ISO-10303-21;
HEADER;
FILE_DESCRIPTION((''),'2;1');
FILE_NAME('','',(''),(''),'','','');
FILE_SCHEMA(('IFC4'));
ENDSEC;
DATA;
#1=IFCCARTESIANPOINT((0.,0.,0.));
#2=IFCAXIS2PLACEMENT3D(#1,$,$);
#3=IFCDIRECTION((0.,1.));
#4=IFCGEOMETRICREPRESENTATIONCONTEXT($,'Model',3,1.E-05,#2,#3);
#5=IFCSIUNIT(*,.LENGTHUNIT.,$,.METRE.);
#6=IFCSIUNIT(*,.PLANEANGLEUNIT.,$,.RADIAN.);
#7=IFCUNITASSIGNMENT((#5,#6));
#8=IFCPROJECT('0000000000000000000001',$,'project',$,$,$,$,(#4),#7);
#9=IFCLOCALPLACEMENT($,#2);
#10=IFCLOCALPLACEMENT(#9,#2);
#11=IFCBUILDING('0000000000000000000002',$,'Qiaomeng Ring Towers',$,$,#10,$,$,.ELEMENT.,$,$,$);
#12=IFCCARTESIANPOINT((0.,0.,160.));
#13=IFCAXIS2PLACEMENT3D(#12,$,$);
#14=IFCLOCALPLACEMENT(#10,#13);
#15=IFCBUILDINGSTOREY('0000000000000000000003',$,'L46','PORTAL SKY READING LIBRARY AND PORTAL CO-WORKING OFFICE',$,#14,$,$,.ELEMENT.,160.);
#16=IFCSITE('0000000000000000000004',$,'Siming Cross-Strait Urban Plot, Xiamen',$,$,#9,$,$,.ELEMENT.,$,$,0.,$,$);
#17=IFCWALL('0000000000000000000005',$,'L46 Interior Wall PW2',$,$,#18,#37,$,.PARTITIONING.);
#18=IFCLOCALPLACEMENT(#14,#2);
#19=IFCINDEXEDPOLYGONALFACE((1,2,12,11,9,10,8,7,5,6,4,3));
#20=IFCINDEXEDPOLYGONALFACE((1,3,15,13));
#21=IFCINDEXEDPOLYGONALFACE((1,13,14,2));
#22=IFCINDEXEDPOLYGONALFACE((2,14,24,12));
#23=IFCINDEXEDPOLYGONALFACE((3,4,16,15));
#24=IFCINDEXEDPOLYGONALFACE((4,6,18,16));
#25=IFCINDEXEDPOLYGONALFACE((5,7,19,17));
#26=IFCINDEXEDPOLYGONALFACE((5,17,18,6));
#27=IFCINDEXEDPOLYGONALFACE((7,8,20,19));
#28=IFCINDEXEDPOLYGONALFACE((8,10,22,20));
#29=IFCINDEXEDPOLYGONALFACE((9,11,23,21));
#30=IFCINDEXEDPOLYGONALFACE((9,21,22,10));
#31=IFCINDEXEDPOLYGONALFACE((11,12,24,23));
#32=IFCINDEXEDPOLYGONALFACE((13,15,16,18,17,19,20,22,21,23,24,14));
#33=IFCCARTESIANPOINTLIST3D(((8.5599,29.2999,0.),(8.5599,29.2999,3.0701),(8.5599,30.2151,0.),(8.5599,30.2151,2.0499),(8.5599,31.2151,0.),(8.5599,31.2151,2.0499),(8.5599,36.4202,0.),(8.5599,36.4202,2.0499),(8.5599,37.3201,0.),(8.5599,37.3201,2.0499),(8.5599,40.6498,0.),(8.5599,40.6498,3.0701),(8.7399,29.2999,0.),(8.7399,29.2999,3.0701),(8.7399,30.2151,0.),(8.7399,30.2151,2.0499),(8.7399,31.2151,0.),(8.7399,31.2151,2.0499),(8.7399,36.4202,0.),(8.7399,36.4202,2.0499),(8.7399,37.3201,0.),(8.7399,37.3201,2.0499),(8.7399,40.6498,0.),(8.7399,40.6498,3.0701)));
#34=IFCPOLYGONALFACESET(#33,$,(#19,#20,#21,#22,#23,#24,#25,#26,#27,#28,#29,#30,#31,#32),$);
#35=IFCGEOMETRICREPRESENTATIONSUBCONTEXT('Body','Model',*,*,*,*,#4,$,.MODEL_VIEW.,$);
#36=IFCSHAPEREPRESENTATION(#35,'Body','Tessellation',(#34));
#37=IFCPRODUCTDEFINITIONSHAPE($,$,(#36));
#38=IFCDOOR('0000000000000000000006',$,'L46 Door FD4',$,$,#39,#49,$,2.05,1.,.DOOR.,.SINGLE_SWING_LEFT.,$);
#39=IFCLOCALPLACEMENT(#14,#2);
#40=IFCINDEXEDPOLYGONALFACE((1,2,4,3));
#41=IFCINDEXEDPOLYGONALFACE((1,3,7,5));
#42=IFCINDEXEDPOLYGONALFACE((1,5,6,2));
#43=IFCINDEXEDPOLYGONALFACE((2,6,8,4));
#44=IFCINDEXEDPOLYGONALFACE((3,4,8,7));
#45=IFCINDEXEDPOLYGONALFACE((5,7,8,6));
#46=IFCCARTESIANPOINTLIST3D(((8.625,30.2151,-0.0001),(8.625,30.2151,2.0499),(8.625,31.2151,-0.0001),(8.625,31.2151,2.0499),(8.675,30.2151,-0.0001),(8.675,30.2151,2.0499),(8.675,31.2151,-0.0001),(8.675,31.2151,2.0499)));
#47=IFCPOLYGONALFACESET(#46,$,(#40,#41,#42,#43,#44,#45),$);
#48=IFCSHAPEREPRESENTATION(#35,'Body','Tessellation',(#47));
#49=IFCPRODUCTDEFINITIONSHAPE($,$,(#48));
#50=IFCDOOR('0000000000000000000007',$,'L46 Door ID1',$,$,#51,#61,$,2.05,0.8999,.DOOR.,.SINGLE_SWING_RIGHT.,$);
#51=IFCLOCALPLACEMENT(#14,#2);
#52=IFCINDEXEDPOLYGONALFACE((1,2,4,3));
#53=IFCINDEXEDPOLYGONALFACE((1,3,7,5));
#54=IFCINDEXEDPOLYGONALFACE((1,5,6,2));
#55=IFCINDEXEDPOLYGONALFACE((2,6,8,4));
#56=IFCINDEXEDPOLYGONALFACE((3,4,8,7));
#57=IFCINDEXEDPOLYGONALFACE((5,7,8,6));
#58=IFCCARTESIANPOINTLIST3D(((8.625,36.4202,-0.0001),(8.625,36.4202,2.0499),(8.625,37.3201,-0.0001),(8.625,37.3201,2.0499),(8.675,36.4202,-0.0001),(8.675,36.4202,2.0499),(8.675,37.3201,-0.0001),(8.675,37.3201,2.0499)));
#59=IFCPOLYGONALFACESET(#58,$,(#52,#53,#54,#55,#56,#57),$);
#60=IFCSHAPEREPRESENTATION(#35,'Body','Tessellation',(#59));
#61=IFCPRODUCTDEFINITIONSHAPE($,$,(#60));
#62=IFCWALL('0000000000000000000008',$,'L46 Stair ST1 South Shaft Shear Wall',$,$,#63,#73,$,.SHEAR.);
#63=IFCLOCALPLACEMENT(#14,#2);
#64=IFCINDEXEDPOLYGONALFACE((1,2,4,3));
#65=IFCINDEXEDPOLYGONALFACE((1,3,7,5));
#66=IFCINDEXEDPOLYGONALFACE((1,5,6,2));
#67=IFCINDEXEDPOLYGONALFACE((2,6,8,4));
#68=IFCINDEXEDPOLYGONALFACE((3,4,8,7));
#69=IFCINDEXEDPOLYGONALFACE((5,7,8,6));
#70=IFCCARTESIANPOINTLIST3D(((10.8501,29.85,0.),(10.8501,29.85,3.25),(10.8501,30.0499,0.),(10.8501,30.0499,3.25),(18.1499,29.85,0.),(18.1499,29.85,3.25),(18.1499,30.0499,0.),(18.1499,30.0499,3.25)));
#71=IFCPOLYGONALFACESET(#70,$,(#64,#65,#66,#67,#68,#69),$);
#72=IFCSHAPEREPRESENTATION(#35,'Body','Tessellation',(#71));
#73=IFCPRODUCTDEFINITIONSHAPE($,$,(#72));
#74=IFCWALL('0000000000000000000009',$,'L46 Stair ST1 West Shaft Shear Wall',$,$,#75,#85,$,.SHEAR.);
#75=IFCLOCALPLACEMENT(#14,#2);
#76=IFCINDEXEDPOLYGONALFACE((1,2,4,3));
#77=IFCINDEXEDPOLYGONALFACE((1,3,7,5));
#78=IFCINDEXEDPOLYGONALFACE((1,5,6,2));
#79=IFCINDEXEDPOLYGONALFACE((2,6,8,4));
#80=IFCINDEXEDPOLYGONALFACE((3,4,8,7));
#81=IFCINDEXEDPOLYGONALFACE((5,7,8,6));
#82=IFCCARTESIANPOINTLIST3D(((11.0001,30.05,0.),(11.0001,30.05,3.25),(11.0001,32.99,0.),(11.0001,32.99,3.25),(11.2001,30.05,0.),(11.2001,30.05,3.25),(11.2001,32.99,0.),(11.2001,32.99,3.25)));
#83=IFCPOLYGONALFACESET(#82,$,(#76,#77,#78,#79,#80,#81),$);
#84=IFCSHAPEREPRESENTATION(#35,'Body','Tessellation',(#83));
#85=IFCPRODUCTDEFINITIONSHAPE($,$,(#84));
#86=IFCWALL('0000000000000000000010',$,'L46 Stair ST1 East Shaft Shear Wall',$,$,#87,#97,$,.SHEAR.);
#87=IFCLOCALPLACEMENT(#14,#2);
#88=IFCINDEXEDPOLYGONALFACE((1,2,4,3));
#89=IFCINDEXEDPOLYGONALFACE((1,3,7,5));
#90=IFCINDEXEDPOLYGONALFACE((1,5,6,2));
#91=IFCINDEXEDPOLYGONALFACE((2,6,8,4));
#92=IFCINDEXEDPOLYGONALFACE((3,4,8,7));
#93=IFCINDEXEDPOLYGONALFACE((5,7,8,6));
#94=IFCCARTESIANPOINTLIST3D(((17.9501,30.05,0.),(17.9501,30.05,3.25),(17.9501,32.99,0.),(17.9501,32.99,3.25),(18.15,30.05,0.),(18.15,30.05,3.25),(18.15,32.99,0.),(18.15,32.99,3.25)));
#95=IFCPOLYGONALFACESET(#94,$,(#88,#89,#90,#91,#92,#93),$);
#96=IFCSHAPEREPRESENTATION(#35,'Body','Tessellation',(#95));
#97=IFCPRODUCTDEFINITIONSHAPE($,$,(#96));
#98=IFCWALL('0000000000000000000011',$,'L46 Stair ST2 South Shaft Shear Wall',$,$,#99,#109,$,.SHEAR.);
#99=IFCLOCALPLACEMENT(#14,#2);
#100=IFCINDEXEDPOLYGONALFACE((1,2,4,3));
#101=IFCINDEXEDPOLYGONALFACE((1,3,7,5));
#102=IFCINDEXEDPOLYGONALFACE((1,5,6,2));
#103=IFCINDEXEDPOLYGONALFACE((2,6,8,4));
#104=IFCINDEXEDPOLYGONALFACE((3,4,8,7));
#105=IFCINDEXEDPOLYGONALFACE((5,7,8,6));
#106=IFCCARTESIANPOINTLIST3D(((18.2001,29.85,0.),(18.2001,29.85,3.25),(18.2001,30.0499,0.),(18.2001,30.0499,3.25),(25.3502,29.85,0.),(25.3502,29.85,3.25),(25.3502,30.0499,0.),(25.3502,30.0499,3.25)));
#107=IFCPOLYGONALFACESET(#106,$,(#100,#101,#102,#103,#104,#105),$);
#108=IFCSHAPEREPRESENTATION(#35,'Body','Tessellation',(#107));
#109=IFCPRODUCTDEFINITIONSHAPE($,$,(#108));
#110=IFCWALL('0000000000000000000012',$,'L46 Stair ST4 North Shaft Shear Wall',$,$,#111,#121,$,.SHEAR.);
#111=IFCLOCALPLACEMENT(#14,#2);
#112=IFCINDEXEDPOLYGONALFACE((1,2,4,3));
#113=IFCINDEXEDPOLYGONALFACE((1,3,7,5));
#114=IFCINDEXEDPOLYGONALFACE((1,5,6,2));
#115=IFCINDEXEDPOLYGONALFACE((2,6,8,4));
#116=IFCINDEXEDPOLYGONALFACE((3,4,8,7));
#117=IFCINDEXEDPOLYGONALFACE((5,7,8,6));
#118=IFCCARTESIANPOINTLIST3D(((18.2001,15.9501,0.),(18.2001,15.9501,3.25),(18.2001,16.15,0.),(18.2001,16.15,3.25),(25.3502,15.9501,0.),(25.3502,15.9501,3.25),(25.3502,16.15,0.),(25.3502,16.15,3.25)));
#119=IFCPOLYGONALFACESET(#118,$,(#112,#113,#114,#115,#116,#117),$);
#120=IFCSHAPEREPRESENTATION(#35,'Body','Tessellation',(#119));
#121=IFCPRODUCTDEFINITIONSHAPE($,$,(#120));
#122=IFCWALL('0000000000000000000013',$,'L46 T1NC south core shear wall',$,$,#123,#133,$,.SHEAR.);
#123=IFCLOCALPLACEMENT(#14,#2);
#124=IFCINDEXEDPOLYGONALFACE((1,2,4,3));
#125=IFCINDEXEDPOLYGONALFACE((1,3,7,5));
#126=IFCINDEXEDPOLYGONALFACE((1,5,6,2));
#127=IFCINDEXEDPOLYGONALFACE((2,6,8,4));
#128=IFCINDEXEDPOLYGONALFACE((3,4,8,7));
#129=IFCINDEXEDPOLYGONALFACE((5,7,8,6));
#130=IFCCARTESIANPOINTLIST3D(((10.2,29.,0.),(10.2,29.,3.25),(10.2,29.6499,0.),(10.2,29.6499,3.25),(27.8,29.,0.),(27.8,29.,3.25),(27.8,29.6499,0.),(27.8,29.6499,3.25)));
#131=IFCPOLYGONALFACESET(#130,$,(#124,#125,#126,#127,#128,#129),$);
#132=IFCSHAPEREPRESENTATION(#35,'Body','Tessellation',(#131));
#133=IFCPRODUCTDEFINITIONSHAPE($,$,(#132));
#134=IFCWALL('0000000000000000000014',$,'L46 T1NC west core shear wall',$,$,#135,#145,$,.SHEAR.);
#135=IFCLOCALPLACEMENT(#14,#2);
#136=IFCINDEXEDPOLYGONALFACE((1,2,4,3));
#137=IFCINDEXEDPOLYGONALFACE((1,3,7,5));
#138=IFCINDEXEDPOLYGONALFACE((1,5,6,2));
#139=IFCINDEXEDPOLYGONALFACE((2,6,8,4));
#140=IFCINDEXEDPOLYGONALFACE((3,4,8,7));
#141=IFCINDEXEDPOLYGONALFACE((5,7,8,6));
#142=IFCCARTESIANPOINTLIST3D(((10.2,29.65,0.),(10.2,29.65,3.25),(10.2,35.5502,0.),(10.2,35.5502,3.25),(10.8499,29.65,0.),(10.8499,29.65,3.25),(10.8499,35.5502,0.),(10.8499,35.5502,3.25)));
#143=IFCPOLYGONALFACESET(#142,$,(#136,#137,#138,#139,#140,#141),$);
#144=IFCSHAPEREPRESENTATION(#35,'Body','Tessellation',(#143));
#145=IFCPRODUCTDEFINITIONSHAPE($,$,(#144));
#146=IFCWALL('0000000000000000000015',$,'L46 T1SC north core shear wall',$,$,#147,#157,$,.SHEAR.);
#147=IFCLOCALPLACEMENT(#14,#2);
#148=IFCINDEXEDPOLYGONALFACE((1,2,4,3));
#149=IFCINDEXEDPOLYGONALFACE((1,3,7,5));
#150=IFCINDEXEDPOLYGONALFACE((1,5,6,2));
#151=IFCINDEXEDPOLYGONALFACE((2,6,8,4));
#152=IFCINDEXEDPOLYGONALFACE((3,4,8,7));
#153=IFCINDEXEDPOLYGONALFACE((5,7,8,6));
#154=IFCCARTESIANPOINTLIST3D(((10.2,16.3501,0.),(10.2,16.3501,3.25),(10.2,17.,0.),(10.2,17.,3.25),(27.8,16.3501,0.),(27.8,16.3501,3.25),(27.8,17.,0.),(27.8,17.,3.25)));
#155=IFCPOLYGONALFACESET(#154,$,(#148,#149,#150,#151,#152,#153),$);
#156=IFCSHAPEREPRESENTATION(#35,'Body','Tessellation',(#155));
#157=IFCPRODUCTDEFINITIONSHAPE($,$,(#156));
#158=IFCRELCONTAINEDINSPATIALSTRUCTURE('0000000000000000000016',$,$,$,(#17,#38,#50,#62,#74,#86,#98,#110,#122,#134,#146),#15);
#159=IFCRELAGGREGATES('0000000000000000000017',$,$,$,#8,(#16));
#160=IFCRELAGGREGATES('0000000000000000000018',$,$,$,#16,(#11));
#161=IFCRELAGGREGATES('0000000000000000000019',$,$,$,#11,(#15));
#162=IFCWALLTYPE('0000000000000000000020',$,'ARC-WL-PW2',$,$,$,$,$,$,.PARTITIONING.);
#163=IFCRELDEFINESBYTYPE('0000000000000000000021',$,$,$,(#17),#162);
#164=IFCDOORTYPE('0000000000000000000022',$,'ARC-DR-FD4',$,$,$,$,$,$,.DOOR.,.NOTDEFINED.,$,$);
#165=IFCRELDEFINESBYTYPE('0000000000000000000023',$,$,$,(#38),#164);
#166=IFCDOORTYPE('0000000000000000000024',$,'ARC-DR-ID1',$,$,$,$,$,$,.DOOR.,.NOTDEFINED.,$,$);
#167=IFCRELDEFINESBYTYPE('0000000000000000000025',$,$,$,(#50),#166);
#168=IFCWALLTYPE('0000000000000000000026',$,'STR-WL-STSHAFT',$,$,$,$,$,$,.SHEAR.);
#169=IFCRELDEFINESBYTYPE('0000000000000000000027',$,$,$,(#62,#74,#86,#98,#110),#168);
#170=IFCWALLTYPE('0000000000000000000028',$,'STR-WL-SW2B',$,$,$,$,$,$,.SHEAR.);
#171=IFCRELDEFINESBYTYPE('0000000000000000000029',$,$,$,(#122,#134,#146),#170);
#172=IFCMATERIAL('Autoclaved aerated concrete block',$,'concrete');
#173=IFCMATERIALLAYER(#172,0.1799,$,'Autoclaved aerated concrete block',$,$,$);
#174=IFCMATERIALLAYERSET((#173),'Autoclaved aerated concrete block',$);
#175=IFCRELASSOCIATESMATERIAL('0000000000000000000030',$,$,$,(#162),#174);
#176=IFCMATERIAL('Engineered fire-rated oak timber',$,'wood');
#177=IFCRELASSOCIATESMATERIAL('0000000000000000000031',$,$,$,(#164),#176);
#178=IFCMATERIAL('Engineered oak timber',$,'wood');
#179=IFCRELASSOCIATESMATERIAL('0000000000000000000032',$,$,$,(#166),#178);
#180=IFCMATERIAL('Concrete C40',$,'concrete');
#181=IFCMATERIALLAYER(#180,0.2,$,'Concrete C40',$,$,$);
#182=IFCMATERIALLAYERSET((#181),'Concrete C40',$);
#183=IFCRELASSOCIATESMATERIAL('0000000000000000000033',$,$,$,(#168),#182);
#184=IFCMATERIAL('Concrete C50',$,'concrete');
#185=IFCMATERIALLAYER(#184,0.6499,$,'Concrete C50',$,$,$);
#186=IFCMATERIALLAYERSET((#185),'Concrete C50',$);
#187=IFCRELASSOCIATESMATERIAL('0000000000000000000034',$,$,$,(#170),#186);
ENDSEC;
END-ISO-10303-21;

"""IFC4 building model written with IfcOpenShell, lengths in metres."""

from ifc_helpers import new_model, si_unit, direction, frame, frame_2d, origin, place, context, subcontext, project, spatial, rectangle, extrude, source, transform, mapped, material, layer, layer_set, type_object, element, fill, save


model = new_model("IFC4")

# Units and contexts
model_context = context("Model", 3, precision=1e-05, world=origin(), true_north=direction((0.0, 1.0)))
body_context = subcontext(model_context, "Body", "Model", "MODEL_VIEW")
ifc_project = project(units=[si_unit("LENGTHUNIT", "METRE"), si_unit("PLANEANGLEUNIT", "RADIAN")], contexts=[model_context])

# Site, building, storey
site_placement = place(None, origin())
site = spatial("IfcSite", under=ifc_project, at=site_placement, Name="Siming Cross-Strait Urban Plot, Xiamen", CompositionType="ELEMENT", RefElevation=0.0)
building_placement = place(site_placement, origin())
building = spatial("IfcBuilding", under=site, at=building_placement, Name="Qiaomeng Ring Towers", CompositionType="ELEMENT")
storey_placement = place(building_placement, frame((0.0, 0.0, 160.0)))
storey = spatial("IfcBuildingStorey", under=building, at=storey_placement, Name="L46", Description="PORTAL SKY READING LIBRARY AND PORTAL CO-WORKING OFFICE", CompositionType="ELEMENT", Elevation=160.0)

# Wall, openings, doors
ifc_material_1 = material(Name="Autoclaved aerated concrete block", Category="concrete")
ifc_layer_1 = layer(ifc_material_1, 0.1799, Name="Autoclaved aerated concrete block")
ifc_layer_set_1 = layer_set([ifc_layer_1], Name="Autoclaved aerated concrete block")
wall_type_1 = type_object("IfcWallType", Name="ARC-WL-PW2", PredefinedType="PARTITIONING", material=ifc_layer_set_1)
wall_1_placement = place(storey_placement, frame((8.6499, 29.3, 0.0), z_axis=(0.0, 0.0, 1.0), x_axis=(0.0, 1.0, 0.0)))
wall_1 = element("IfcWall", 1, at=wall_1_placement, inside=storey, type_object=wall_type_1, Name="L46 Interior Wall PW2", PredefinedType="PARTITIONING", context=body_context, shape_type="SweptSolid", body=[
    extrude(rectangle(XDim=11.3499, YDim=0.1799, at=frame_2d((5.6748, 0.0))), origin(), (0.0, 0.0, 1.0), 3.0701),
])
opening_1_placement = place(wall_1_placement, frame((0.915, 0.0, 0.0)))
opening_1 = element("IfcOpeningElement", 2, at=opening_1_placement, cuts=wall_1, PredefinedType="OPENING", context=body_context, shape_type="SweptSolid", body=[
    extrude(rectangle(XDim=1.0, YDim=2.05, at=frame_2d((0.5, 1.0249))), frame((0.0, 0.0999, 0.0), z_axis=(0.0, -1.0, 0.0), x_axis=(1.0, 0.0, 0.0)), (0.0, 0.0, 1.0), 0.2),
])
opening_2_placement = place(wall_1_placement, frame((7.1201, 0.0, 0.0)))
opening_2 = element("IfcOpeningElement", 3, at=opening_2_placement, cuts=wall_1, PredefinedType="OPENING", context=body_context, shape_type="SweptSolid", body=[
    extrude(rectangle(XDim=0.8999, YDim=2.05, at=frame_2d((0.45, 1.0249))), frame((0.0, 0.0999, 0.0), z_axis=(0.0, -1.0, 0.0), x_axis=(1.0, 0.0, 0.0)), (0.0, 0.0, 1.0), 0.2),
])
ifc_material_2 = material(Name="Engineered fire-rated oak timber", Category="wood")
door_type_1 = type_object("IfcDoorType", Name="ARC-DR-FD4", OperationType="NOTDEFINED", PredefinedType="DOOR", material=ifc_material_2)
shared_shape_1 = source(origin(), body_context, "Body", "SweptSolid", [
    extrude(rectangle(XDim=1.0, YDim=2.05, at=frame_2d((0.5, 1.0249))), frame((0.0, 0.0249, 0.0), z_axis=(0.0, -1.0, 0.0), x_axis=(1.0, 0.0, 0.0)), (0.0, 0.0, 1.0), 0.05),
])
door_1_placement = place(opening_1_placement, origin())
door_1 = element("IfcDoor", 4, at=door_1_placement, inside=storey, type_object=door_type_1, Name="L46 Door FD4", OperationType="SINGLE_SWING_LEFT", OverallHeight=2.05, OverallWidth=1.0, PredefinedType="DOOR", context=body_context, shape_type="MappedRepresentation", body=[
    mapped(shared_shape_1, transform((0.0, 0.0, 0.0), x_axis=(1.0, 0.0, 0.0), y_axis=(0.0, 1.0, 0.0), z_axis=(0.0, 0.0, 1.0), scale=1.0)),
])
fill(opening_1, door_1)
ifc_material_3 = material(Name="Engineered oak timber", Category="wood")
door_type_2 = type_object("IfcDoorType", Name="ARC-DR-ID1", OperationType="NOTDEFINED", PredefinedType="DOOR", material=ifc_material_3)
shared_shape_2 = source(origin(), body_context, "Body", "SweptSolid", [
    extrude(rectangle(XDim=0.8999, YDim=2.05, at=frame_2d((0.45, 1.0249))), frame((0.0, 0.0249, 0.0), z_axis=(0.0, -1.0, 0.0), x_axis=(1.0, 0.0, 0.0)), (0.0, 0.0, 1.0), 0.05),
])
door_2_placement = place(opening_2_placement, origin())
door_2 = element("IfcDoor", 5, at=door_2_placement, inside=storey, type_object=door_type_2, Name="L46 Door ID1", OperationType="SINGLE_SWING_RIGHT", OverallHeight=2.05, OverallWidth=0.8999, PredefinedType="DOOR", context=body_context, shape_type="MappedRepresentation", body=[
    mapped(shared_shape_2, transform((0.0, 0.0, 0.0), x_axis=(1.0, 0.0, 0.0), y_axis=(0.0, 1.0, 0.0), z_axis=(0.0, 0.0, 1.0), scale=1.0)),
])
fill(opening_2, door_2)

# Walls
ifc_material_4 = material(Name="Concrete C40", Category="concrete")
ifc_layer_2 = layer(ifc_material_4, 0.2, Name="Concrete C40")
ifc_layer_set_2 = layer_set([ifc_layer_2], Name="Concrete C40")
wall_type_2 = type_object("IfcWallType", Name="STR-WL-STSHAFT", PredefinedType="SHEAR", material=ifc_layer_set_2)
wall_2_placement = place(storey_placement, frame((10.8501, 29.95, 0.0), z_axis=(0.0, 0.0, 1.0), x_axis=(1.0, 0.0, 0.0)))
element("IfcWall", 6, at=wall_2_placement, inside=storey, type_object=wall_type_2, Name="L46 Stair ST1 South Shaft Shear Wall", PredefinedType="SHEAR", context=body_context, shape_type="SweptSolid", body=[
    extrude(rectangle(XDim=7.2998, YDim=0.2, at=frame_2d((3.6499, 0.0))), origin(), (0.0, 0.0, 1.0), 3.25),
])
for number, where, z_axis, x_axis, name in (
    (7, (11.1001, 30.05, 0.0), (0.0, 0.0, 1.0), (0.0, 1.0, 0.0), "L46 Stair ST1 West Shaft Shear Wall"),
    (8, (18.05, 30.05, 0.0), (0.0, 0.0, 1.0), (0.0, 1.0, 0.0), "L46 Stair ST1 East Shaft Shear Wall"),
):
    element("IfcWall", number, at=place(storey_placement, frame(where, z_axis=z_axis, x_axis=x_axis)), inside=storey, type_object=wall_type_2, Name=name, PredefinedType="SHEAR", context=body_context, shape_type="SweptSolid", body=[
        extrude(rectangle(XDim=2.9399, YDim=0.2, at=frame_2d((1.47, 0.0))), origin(), (0.0, 0.0, 1.0), 3.25),
    ])
for number, where, z_axis, x_axis, name in (
    (9, (18.2, 29.95, 0.0), (0.0, 0.0, 1.0), (1.0, 0.0, 0.0), "L46 Stair ST2 South Shaft Shear Wall"),
    (10, (18.2, 16.05, 0.0), (0.0, 0.0, 1.0), (1.0, 0.0, 0.0), "L46 Stair ST4 North Shaft Shear Wall"),
):
    element("IfcWall", number, at=place(storey_placement, frame(where, z_axis=z_axis, x_axis=x_axis)), inside=storey, type_object=wall_type_2, Name=name, PredefinedType="SHEAR", context=body_context, shape_type="SweptSolid", body=[
        extrude(rectangle(XDim=7.1501, YDim=0.2, at=frame_2d((3.5752, 0.0))), origin(), (0.0, 0.0, 1.0), 3.25),
    ])
ifc_material_5 = material(Name="Concrete C50", Category="concrete")
ifc_layer_3 = layer(ifc_material_5, 0.6499, Name="Concrete C50")
ifc_layer_set_3 = layer_set([ifc_layer_3], Name="Concrete C50")
wall_type_3 = type_object("IfcWallType", Name="STR-WL-SW2B", PredefinedType="SHEAR", material=ifc_layer_set_3)
wall_3_placement = place(storey_placement, frame((10.2, 29.325, 0.0), z_axis=(0.0, 0.0, 1.0), x_axis=(1.0, 0.0, 0.0)))
element("IfcWall", 11, at=wall_3_placement, inside=storey, type_object=wall_type_3, Name="L46 T1NC south core shear wall", PredefinedType="SHEAR", context=body_context, shape_type="SweptSolid", body=[
    extrude(rectangle(XDim=17.6001, YDim=0.6499, at=frame_2d((8.8, 0.0))), origin(), (0.0, 0.0, 1.0), 3.25),
])
wall_4_placement = place(storey_placement, frame((10.5249, 29.6499, 0.0), z_axis=(0.0, 0.0, 1.0), x_axis=(0.0, 1.0, 0.0)))
element("IfcWall", 12, at=wall_4_placement, inside=storey, type_object=wall_type_3, Name="L46 T1NC west core shear wall", PredefinedType="SHEAR", context=body_context, shape_type="SweptSolid", body=[
    extrude(rectangle(XDim=5.9001, YDim=0.6499, at=frame_2d((2.9502, 0.0))), origin(), (0.0, 0.0, 1.0), 3.25),
])
wall_5_placement = place(storey_placement, frame((10.2, 16.675, 0.0), z_axis=(0.0, 0.0, 1.0), x_axis=(1.0, 0.0, 0.0)))
element("IfcWall", 13, at=wall_5_placement, inside=storey, type_object=wall_type_3, Name="L46 T1SC north core shear wall", PredefinedType="SHEAR", context=body_context, shape_type="SweptSolid", body=[
    extrude(rectangle(XDim=17.6001, YDim=0.6499, at=frame_2d((8.8, 0.0))), origin(), (0.0, 0.0, 1.0), 3.25),
])

save(model, "model.ifc")
